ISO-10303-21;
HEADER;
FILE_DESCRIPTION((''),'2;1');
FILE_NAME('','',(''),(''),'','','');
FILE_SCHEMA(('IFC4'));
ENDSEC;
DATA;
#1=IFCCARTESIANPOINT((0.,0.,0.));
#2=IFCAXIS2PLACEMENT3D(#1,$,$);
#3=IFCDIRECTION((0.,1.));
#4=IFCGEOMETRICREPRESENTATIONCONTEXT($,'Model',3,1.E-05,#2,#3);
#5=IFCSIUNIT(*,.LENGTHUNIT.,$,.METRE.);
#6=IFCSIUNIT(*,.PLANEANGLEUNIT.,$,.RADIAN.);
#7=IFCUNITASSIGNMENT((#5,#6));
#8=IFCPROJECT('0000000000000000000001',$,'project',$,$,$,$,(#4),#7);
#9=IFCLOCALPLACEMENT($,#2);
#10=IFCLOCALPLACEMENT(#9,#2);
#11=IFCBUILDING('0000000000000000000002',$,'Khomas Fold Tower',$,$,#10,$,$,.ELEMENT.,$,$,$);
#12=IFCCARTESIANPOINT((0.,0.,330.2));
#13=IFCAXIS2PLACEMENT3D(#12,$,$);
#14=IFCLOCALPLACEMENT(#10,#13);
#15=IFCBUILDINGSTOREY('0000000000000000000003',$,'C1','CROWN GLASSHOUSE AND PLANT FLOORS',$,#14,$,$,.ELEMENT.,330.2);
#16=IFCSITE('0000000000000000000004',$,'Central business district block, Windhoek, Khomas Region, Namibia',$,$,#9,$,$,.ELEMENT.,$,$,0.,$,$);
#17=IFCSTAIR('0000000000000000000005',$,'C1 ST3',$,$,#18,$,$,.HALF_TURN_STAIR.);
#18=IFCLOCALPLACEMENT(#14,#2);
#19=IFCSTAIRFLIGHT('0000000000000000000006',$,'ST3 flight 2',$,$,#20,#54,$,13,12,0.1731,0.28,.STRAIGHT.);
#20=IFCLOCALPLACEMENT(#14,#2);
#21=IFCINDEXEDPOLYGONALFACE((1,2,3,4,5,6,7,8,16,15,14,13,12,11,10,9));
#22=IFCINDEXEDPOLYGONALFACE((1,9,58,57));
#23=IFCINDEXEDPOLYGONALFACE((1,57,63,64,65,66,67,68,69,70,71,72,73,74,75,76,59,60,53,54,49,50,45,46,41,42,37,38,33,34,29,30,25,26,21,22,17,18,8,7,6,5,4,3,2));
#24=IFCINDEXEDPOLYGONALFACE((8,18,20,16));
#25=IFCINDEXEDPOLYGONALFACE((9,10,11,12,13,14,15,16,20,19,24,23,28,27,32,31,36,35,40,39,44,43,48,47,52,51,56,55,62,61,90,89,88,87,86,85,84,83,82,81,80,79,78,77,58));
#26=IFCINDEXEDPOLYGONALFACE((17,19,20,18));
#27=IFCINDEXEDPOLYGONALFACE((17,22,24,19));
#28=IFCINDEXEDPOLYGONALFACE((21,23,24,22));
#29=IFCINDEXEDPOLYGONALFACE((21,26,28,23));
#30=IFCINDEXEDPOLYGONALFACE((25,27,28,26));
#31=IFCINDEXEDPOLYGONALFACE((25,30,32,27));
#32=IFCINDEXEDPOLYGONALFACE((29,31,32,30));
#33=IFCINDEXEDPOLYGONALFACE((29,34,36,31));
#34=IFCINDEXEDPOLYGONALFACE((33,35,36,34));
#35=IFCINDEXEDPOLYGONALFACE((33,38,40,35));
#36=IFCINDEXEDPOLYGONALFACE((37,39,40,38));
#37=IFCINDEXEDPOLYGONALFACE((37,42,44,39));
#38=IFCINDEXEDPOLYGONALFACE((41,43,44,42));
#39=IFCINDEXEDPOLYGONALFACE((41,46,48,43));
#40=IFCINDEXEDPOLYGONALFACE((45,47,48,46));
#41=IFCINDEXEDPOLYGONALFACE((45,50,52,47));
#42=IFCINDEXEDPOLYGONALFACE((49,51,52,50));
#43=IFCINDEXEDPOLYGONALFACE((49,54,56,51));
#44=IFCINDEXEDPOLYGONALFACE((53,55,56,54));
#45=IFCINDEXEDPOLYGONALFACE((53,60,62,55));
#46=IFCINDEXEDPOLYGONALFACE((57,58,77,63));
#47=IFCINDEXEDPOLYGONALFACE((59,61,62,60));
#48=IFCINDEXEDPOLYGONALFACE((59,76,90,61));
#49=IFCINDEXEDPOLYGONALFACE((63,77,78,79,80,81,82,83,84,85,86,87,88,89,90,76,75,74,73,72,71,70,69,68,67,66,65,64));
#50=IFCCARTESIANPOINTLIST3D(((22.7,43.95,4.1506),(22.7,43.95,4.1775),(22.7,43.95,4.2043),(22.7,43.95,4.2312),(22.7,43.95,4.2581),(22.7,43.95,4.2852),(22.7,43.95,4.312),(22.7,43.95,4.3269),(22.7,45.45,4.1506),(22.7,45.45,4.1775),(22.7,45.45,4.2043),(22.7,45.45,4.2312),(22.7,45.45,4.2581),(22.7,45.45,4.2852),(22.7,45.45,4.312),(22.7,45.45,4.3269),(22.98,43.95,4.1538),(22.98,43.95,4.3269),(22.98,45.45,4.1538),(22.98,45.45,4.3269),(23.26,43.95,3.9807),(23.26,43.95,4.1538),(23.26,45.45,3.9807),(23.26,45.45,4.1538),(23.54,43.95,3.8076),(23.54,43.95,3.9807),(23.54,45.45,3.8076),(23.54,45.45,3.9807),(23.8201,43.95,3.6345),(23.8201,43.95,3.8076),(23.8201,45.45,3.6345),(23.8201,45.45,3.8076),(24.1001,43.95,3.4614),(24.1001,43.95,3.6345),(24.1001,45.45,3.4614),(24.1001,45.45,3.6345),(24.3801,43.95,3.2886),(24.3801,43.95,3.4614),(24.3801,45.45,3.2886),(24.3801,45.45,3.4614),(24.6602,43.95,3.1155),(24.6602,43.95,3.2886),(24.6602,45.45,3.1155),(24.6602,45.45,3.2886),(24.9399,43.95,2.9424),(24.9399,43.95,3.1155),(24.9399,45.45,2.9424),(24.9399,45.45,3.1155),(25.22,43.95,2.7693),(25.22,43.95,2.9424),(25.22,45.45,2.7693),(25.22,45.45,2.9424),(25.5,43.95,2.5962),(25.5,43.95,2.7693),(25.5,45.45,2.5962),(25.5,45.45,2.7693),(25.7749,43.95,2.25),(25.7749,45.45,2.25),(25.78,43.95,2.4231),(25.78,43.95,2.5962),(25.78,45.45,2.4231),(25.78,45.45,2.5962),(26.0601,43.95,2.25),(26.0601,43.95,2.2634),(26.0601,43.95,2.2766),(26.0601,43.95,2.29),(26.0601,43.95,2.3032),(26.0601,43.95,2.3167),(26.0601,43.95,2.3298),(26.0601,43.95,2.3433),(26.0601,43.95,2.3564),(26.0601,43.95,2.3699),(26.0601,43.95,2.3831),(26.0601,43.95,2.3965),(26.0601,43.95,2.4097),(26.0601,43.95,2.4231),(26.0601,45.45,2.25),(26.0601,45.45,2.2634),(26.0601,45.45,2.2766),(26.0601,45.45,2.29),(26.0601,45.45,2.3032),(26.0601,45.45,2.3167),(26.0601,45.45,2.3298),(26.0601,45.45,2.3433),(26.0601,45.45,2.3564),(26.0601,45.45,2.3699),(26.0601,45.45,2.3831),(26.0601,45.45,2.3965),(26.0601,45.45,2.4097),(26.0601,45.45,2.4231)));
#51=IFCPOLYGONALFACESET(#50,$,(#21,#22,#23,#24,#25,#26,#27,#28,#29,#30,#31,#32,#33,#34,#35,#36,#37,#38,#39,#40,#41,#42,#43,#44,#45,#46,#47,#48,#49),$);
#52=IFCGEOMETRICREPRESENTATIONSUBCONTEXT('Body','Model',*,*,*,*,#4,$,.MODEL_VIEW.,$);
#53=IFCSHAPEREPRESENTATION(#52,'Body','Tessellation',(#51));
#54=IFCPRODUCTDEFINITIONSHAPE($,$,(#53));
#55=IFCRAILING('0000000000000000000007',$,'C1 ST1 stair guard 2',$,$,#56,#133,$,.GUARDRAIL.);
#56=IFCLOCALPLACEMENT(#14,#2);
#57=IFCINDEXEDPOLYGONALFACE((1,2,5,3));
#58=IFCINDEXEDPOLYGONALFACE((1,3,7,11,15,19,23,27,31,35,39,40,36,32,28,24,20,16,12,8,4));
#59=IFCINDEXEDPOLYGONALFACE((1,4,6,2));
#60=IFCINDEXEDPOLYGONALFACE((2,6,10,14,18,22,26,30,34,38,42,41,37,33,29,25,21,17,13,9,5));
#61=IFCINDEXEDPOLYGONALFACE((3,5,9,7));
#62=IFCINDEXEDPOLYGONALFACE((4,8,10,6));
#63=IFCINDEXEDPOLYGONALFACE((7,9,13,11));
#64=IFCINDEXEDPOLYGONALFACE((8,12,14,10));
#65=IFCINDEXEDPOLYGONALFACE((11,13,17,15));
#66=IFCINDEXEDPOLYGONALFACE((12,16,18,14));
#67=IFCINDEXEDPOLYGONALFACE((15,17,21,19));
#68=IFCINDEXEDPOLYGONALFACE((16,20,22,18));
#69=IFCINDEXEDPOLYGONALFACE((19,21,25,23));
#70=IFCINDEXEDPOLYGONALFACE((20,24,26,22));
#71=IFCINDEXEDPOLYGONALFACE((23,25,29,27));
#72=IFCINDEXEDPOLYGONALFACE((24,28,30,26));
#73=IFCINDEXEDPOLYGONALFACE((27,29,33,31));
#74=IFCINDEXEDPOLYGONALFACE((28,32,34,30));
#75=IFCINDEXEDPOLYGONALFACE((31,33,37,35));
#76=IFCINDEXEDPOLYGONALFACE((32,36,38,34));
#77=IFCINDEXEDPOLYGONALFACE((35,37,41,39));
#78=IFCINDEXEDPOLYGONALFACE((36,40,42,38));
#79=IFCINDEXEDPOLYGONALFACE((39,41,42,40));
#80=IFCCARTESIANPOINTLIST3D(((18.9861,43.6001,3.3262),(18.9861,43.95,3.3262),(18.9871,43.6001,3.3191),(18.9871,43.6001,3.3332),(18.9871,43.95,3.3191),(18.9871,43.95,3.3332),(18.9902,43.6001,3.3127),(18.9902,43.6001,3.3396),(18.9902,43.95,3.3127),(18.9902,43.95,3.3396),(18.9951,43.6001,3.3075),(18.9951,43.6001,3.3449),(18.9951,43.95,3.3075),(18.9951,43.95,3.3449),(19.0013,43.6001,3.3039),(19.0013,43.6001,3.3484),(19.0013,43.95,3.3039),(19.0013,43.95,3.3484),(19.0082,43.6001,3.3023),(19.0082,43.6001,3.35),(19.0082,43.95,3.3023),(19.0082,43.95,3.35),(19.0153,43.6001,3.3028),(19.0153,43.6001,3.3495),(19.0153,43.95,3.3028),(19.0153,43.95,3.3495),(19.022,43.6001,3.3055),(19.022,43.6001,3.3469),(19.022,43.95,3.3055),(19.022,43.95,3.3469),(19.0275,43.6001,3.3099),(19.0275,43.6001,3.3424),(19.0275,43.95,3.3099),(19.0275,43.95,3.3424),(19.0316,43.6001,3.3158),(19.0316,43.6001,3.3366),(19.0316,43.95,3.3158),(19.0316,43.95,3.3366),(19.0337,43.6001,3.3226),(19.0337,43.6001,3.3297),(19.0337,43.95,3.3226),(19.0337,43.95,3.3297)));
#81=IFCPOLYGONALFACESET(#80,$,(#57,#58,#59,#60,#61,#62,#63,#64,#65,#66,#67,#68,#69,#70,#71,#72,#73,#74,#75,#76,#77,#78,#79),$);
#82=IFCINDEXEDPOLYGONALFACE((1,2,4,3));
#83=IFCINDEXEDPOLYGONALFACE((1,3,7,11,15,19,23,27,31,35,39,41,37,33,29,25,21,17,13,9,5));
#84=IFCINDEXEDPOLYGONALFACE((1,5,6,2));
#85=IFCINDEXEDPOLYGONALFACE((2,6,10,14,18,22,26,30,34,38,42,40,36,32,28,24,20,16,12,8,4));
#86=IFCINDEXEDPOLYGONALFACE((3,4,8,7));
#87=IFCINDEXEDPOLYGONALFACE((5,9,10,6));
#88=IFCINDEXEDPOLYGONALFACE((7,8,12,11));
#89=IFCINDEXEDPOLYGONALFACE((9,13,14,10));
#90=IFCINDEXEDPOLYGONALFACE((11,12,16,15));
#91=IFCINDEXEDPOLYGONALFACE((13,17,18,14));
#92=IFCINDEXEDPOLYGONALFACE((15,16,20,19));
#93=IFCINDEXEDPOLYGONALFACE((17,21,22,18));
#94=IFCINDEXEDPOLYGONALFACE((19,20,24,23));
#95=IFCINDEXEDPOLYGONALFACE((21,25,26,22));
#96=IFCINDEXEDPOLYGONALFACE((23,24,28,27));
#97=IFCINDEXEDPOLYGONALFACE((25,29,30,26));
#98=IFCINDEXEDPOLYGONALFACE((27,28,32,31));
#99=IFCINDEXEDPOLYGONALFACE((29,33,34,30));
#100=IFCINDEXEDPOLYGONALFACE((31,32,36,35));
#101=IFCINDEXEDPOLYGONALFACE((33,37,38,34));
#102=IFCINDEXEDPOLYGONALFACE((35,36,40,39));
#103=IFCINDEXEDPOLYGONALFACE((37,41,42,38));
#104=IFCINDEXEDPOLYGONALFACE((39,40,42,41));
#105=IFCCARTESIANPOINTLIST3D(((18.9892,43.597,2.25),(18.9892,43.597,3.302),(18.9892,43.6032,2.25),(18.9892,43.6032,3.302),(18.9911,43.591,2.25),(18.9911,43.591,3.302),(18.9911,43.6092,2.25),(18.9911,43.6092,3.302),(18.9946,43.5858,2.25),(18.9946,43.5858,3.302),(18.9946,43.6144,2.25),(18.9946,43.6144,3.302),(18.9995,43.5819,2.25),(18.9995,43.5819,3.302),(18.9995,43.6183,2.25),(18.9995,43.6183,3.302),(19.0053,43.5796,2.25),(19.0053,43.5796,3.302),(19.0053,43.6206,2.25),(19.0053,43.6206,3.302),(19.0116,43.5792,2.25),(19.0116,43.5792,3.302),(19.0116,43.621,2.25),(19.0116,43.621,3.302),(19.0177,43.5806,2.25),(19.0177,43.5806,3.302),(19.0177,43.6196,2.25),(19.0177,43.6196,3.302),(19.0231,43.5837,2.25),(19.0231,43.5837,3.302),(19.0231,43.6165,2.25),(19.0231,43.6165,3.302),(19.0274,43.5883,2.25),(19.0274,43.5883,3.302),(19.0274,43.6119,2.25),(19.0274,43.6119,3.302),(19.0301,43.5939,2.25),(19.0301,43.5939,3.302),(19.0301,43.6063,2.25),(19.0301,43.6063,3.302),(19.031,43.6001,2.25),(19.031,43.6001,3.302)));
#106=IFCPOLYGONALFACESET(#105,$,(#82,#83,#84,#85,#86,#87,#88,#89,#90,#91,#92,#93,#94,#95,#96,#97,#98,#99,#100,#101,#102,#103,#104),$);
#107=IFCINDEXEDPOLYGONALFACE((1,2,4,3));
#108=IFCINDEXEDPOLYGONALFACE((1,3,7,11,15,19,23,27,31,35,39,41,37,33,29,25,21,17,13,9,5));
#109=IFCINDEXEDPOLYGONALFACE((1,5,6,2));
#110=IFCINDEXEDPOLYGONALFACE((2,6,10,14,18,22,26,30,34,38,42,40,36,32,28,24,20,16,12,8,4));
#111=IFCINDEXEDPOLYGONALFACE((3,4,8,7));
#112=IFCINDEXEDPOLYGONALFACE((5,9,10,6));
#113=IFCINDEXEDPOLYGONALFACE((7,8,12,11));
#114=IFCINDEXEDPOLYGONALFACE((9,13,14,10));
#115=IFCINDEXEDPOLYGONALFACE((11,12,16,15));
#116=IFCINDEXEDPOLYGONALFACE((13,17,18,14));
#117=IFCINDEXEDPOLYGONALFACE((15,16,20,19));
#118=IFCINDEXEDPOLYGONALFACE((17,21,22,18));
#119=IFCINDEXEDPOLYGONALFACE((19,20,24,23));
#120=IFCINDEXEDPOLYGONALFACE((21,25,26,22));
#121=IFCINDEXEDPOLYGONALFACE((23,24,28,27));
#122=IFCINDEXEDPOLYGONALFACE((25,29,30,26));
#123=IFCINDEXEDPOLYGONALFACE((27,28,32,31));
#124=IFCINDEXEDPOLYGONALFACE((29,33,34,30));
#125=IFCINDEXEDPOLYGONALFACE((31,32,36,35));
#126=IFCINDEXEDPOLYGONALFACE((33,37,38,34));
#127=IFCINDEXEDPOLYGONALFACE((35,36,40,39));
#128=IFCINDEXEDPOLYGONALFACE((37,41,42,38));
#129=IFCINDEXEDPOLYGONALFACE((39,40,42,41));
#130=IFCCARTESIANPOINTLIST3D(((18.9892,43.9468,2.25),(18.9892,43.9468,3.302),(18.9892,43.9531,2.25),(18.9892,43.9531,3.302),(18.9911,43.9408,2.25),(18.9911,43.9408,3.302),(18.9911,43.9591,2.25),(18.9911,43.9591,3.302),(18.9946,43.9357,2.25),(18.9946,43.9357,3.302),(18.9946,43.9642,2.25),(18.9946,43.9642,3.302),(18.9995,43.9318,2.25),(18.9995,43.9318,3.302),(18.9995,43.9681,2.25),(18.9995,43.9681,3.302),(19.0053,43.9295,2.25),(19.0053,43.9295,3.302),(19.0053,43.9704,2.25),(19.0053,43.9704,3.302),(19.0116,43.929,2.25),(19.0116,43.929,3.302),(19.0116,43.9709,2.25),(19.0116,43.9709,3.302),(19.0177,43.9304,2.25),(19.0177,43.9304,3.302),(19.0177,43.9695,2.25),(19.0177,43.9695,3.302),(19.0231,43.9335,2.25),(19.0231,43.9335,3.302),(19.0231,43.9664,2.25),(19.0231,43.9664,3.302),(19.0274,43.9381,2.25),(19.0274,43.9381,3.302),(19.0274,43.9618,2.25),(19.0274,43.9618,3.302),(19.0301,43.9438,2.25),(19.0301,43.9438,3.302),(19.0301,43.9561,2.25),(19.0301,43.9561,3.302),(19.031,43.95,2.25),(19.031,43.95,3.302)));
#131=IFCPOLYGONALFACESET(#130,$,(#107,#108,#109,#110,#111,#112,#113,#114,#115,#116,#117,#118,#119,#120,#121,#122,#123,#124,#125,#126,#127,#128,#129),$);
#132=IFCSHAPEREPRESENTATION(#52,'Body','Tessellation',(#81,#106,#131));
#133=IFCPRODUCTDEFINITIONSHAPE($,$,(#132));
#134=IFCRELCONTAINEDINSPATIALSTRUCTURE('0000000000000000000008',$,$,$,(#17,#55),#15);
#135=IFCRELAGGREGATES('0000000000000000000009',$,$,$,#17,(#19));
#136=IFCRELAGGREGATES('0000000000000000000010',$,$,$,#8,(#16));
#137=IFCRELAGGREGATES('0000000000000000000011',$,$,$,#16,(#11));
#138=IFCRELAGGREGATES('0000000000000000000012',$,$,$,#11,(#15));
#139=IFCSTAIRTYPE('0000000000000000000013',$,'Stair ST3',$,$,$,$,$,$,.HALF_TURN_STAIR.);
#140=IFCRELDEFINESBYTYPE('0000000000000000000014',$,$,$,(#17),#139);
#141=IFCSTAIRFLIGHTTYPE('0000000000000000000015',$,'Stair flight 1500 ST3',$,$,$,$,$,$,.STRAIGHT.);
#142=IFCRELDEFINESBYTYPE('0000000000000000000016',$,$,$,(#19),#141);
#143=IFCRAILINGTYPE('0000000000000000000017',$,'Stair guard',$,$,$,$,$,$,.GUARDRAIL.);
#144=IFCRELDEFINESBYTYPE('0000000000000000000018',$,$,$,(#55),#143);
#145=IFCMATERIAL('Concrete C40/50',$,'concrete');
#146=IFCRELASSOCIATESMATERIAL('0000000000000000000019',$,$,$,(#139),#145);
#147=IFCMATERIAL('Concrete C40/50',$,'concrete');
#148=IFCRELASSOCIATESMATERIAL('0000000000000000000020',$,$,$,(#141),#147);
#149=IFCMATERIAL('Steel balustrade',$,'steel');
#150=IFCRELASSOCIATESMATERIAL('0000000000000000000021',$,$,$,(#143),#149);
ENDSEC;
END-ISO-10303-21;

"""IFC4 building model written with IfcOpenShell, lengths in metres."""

from ifc_helpers import new_model, si_unit, direction, frame, origin, origin_2d, place, context, subcontext, project, spatial, polyline, circle, outline, extrude, source, transform, mapped, material, type_object, element, aggregate, save


model = new_model("IFC4")

# Units and contexts
model_context = context("Model", 3, precision=1e-05, world=origin(), true_north=direction((0.0, 1.0)))
body_context = subcontext(model_context, "Body", "Model", "MODEL_VIEW")
ifc_project = project(units=[si_unit("LENGTHUNIT", "METRE"), si_unit("PLANEANGLEUNIT", "RADIAN")], contexts=[model_context])

# Site, building, storey
site_placement = place(None, origin())
site = spatial("IfcSite", under=ifc_project, at=site_placement, Name="Central business district block, Windhoek, Khomas Region, Namibia", CompositionType="ELEMENT", RefElevation=0.0)
building_placement = place(site_placement, origin())
building = spatial("IfcBuilding", under=site, at=building_placement, Name="Khomas Fold Tower", CompositionType="ELEMENT")
storey_placement = place(building_placement, frame((0.0, 0.0, 330.2)))
storey = spatial("IfcBuildingStorey", under=building, at=storey_placement, Name="C1", Description="CROWN GLASSHOUSE AND PLANT FLOORS", CompositionType="ELEMENT", Elevation=330.2)

# Stair, stair flight
ifc_material_1 = material(Name="Concrete C40/50", Category="concrete")
stair_type = type_object("IfcStairType", Name="Stair ST3", PredefinedType="HALF_TURN_STAIR", material=ifc_material_1)
stair_placement = place(storey_placement, origin())
stair = element("IfcStair", 1, at=stair_placement, inside=storey, type_object=stair_type, Name="C1 ST3", PredefinedType="HALF_TURN_STAIR")
ifc_material_2 = material(Name="Concrete C40/50", Category="concrete")
stair_flight_type = type_object("IfcStairFlightType", Name="Stair flight 1500 ST3", PredefinedType="STRAIGHT", material=ifc_material_2)
shared_shape_1 = source(origin(), body_context, "Body", "SweptSolid", [
    extrude(outline(polyline([(0.0, 0.0), (0.0, 0.0134), (0.0, 0.0266), (0.0, 0.04), (0.0, 0.0532), (0.0, 0.0667), (0.0, 0.0798), (0.0, 0.0933), (0.0, 0.1064), (0.0, 0.1199), (0.0, 0.1331), (0.0, 0.1465), (0.0, 0.1597), (0.0, 0.1731), (0.28, 0.1731), (0.28, 0.3462), (0.5601, 0.3462), (0.5601, 0.5193), (0.8401, 0.5193), (0.8401, 0.6924), (1.1201, 0.6924), (1.1201, 0.8655), (1.3999, 0.8655), (1.3999, 1.0386), (1.6799, 1.0386), (1.6799, 1.2114), (1.96, 1.2114), (1.96, 1.3845), (2.24, 1.3845), (2.24, 1.5576), (2.52, 1.5576), (2.52, 1.7307), (2.8, 1.7307), (2.8, 1.9038), (3.0801, 1.9038), (3.0801, 2.0769), (3.3601, 2.0769), (3.3601, 2.25), (3.3601, 2.2231), (3.3601, 2.1963), (3.3601, 2.1694), (3.3601, 2.1426), (3.3601, 2.1157), (3.3601, 2.0889), (3.3601, 2.062), (3.3601, 2.0352), (3.3601, 2.0081), (3.3601, 1.9812), (3.3601, 1.9543), (3.3601, 1.9275), (3.3601, 1.9006), (0.2852, 0.0), (0.0, 0.0)])), frame((0.0, 0.75, 0.0), z_axis=(0.0, -1.0, 0.0), x_axis=(1.0, 0.0, 0.0)), (0.0, 0.0, 1.0), 1.5),
])
stair_flight_1_placement = place(storey_placement, frame((26.0601, 44.7, 2.25), z_axis=(0.0, 0.0, 1.0), x_axis=(-1.0, 0.0, 0.0)))
stair_flight_1 = element("IfcStairFlight", 2, at=stair_flight_1_placement, type_object=stair_flight_type, Name="ST3 flight 2", NumberOfRisers=13, NumberOfTreads=12, PredefinedType="STRAIGHT", RiserHeight=0.1731, TreadLength=0.28, context=body_context, shape_type="MappedRepresentation", body=[
    mapped(shared_shape_1, transform((0.0, 0.0, 0.0))),
])
aggregate(stair, [stair_flight_1])

# Railing
ifc_material_3 = material(Name="Steel balustrade", Category="steel")
railing_type_1 = type_object("IfcRailingType", Name="Stair guard", PredefinedType="GUARDRAIL", material=ifc_material_3)
shared_shape_2 = source(origin(), body_context, "Body", "SweptSolid", [
    extrude(circle(Radius=0.0239, at=origin_2d()), frame((0.0, 0.0, 1.0762), z_axis=(0.0, 1.0, 0.0), x_axis=(-1.0, 0.0, 0.0)), (0.0, 0.0, 1.0), 0.3499),
    extrude(circle(Radius=0.021, at=origin_2d()), origin(), (0.0, 0.0, 1.0), 1.052),
    extrude(circle(Radius=0.021, at=origin_2d()), frame((0.0, 0.3499, 0.0)), (0.0, 0.0, 1.0), 1.052),
])
for number, where, name in (
    (3, (19.01, 43.6001, 2.25), "C1 ST1 stair guard 2"),
):
    element("IfcRailing", number, at=place(storey_placement, frame(where)), inside=storey, type_object=railing_type_1, Name=name, PredefinedType="GUARDRAIL", context=body_context, shape_type="MappedRepresentation", body=[
        mapped(shared_shape_2, transform((0.0, 0.0, 0.0))),
    ])

save(model, "model.ifc")
